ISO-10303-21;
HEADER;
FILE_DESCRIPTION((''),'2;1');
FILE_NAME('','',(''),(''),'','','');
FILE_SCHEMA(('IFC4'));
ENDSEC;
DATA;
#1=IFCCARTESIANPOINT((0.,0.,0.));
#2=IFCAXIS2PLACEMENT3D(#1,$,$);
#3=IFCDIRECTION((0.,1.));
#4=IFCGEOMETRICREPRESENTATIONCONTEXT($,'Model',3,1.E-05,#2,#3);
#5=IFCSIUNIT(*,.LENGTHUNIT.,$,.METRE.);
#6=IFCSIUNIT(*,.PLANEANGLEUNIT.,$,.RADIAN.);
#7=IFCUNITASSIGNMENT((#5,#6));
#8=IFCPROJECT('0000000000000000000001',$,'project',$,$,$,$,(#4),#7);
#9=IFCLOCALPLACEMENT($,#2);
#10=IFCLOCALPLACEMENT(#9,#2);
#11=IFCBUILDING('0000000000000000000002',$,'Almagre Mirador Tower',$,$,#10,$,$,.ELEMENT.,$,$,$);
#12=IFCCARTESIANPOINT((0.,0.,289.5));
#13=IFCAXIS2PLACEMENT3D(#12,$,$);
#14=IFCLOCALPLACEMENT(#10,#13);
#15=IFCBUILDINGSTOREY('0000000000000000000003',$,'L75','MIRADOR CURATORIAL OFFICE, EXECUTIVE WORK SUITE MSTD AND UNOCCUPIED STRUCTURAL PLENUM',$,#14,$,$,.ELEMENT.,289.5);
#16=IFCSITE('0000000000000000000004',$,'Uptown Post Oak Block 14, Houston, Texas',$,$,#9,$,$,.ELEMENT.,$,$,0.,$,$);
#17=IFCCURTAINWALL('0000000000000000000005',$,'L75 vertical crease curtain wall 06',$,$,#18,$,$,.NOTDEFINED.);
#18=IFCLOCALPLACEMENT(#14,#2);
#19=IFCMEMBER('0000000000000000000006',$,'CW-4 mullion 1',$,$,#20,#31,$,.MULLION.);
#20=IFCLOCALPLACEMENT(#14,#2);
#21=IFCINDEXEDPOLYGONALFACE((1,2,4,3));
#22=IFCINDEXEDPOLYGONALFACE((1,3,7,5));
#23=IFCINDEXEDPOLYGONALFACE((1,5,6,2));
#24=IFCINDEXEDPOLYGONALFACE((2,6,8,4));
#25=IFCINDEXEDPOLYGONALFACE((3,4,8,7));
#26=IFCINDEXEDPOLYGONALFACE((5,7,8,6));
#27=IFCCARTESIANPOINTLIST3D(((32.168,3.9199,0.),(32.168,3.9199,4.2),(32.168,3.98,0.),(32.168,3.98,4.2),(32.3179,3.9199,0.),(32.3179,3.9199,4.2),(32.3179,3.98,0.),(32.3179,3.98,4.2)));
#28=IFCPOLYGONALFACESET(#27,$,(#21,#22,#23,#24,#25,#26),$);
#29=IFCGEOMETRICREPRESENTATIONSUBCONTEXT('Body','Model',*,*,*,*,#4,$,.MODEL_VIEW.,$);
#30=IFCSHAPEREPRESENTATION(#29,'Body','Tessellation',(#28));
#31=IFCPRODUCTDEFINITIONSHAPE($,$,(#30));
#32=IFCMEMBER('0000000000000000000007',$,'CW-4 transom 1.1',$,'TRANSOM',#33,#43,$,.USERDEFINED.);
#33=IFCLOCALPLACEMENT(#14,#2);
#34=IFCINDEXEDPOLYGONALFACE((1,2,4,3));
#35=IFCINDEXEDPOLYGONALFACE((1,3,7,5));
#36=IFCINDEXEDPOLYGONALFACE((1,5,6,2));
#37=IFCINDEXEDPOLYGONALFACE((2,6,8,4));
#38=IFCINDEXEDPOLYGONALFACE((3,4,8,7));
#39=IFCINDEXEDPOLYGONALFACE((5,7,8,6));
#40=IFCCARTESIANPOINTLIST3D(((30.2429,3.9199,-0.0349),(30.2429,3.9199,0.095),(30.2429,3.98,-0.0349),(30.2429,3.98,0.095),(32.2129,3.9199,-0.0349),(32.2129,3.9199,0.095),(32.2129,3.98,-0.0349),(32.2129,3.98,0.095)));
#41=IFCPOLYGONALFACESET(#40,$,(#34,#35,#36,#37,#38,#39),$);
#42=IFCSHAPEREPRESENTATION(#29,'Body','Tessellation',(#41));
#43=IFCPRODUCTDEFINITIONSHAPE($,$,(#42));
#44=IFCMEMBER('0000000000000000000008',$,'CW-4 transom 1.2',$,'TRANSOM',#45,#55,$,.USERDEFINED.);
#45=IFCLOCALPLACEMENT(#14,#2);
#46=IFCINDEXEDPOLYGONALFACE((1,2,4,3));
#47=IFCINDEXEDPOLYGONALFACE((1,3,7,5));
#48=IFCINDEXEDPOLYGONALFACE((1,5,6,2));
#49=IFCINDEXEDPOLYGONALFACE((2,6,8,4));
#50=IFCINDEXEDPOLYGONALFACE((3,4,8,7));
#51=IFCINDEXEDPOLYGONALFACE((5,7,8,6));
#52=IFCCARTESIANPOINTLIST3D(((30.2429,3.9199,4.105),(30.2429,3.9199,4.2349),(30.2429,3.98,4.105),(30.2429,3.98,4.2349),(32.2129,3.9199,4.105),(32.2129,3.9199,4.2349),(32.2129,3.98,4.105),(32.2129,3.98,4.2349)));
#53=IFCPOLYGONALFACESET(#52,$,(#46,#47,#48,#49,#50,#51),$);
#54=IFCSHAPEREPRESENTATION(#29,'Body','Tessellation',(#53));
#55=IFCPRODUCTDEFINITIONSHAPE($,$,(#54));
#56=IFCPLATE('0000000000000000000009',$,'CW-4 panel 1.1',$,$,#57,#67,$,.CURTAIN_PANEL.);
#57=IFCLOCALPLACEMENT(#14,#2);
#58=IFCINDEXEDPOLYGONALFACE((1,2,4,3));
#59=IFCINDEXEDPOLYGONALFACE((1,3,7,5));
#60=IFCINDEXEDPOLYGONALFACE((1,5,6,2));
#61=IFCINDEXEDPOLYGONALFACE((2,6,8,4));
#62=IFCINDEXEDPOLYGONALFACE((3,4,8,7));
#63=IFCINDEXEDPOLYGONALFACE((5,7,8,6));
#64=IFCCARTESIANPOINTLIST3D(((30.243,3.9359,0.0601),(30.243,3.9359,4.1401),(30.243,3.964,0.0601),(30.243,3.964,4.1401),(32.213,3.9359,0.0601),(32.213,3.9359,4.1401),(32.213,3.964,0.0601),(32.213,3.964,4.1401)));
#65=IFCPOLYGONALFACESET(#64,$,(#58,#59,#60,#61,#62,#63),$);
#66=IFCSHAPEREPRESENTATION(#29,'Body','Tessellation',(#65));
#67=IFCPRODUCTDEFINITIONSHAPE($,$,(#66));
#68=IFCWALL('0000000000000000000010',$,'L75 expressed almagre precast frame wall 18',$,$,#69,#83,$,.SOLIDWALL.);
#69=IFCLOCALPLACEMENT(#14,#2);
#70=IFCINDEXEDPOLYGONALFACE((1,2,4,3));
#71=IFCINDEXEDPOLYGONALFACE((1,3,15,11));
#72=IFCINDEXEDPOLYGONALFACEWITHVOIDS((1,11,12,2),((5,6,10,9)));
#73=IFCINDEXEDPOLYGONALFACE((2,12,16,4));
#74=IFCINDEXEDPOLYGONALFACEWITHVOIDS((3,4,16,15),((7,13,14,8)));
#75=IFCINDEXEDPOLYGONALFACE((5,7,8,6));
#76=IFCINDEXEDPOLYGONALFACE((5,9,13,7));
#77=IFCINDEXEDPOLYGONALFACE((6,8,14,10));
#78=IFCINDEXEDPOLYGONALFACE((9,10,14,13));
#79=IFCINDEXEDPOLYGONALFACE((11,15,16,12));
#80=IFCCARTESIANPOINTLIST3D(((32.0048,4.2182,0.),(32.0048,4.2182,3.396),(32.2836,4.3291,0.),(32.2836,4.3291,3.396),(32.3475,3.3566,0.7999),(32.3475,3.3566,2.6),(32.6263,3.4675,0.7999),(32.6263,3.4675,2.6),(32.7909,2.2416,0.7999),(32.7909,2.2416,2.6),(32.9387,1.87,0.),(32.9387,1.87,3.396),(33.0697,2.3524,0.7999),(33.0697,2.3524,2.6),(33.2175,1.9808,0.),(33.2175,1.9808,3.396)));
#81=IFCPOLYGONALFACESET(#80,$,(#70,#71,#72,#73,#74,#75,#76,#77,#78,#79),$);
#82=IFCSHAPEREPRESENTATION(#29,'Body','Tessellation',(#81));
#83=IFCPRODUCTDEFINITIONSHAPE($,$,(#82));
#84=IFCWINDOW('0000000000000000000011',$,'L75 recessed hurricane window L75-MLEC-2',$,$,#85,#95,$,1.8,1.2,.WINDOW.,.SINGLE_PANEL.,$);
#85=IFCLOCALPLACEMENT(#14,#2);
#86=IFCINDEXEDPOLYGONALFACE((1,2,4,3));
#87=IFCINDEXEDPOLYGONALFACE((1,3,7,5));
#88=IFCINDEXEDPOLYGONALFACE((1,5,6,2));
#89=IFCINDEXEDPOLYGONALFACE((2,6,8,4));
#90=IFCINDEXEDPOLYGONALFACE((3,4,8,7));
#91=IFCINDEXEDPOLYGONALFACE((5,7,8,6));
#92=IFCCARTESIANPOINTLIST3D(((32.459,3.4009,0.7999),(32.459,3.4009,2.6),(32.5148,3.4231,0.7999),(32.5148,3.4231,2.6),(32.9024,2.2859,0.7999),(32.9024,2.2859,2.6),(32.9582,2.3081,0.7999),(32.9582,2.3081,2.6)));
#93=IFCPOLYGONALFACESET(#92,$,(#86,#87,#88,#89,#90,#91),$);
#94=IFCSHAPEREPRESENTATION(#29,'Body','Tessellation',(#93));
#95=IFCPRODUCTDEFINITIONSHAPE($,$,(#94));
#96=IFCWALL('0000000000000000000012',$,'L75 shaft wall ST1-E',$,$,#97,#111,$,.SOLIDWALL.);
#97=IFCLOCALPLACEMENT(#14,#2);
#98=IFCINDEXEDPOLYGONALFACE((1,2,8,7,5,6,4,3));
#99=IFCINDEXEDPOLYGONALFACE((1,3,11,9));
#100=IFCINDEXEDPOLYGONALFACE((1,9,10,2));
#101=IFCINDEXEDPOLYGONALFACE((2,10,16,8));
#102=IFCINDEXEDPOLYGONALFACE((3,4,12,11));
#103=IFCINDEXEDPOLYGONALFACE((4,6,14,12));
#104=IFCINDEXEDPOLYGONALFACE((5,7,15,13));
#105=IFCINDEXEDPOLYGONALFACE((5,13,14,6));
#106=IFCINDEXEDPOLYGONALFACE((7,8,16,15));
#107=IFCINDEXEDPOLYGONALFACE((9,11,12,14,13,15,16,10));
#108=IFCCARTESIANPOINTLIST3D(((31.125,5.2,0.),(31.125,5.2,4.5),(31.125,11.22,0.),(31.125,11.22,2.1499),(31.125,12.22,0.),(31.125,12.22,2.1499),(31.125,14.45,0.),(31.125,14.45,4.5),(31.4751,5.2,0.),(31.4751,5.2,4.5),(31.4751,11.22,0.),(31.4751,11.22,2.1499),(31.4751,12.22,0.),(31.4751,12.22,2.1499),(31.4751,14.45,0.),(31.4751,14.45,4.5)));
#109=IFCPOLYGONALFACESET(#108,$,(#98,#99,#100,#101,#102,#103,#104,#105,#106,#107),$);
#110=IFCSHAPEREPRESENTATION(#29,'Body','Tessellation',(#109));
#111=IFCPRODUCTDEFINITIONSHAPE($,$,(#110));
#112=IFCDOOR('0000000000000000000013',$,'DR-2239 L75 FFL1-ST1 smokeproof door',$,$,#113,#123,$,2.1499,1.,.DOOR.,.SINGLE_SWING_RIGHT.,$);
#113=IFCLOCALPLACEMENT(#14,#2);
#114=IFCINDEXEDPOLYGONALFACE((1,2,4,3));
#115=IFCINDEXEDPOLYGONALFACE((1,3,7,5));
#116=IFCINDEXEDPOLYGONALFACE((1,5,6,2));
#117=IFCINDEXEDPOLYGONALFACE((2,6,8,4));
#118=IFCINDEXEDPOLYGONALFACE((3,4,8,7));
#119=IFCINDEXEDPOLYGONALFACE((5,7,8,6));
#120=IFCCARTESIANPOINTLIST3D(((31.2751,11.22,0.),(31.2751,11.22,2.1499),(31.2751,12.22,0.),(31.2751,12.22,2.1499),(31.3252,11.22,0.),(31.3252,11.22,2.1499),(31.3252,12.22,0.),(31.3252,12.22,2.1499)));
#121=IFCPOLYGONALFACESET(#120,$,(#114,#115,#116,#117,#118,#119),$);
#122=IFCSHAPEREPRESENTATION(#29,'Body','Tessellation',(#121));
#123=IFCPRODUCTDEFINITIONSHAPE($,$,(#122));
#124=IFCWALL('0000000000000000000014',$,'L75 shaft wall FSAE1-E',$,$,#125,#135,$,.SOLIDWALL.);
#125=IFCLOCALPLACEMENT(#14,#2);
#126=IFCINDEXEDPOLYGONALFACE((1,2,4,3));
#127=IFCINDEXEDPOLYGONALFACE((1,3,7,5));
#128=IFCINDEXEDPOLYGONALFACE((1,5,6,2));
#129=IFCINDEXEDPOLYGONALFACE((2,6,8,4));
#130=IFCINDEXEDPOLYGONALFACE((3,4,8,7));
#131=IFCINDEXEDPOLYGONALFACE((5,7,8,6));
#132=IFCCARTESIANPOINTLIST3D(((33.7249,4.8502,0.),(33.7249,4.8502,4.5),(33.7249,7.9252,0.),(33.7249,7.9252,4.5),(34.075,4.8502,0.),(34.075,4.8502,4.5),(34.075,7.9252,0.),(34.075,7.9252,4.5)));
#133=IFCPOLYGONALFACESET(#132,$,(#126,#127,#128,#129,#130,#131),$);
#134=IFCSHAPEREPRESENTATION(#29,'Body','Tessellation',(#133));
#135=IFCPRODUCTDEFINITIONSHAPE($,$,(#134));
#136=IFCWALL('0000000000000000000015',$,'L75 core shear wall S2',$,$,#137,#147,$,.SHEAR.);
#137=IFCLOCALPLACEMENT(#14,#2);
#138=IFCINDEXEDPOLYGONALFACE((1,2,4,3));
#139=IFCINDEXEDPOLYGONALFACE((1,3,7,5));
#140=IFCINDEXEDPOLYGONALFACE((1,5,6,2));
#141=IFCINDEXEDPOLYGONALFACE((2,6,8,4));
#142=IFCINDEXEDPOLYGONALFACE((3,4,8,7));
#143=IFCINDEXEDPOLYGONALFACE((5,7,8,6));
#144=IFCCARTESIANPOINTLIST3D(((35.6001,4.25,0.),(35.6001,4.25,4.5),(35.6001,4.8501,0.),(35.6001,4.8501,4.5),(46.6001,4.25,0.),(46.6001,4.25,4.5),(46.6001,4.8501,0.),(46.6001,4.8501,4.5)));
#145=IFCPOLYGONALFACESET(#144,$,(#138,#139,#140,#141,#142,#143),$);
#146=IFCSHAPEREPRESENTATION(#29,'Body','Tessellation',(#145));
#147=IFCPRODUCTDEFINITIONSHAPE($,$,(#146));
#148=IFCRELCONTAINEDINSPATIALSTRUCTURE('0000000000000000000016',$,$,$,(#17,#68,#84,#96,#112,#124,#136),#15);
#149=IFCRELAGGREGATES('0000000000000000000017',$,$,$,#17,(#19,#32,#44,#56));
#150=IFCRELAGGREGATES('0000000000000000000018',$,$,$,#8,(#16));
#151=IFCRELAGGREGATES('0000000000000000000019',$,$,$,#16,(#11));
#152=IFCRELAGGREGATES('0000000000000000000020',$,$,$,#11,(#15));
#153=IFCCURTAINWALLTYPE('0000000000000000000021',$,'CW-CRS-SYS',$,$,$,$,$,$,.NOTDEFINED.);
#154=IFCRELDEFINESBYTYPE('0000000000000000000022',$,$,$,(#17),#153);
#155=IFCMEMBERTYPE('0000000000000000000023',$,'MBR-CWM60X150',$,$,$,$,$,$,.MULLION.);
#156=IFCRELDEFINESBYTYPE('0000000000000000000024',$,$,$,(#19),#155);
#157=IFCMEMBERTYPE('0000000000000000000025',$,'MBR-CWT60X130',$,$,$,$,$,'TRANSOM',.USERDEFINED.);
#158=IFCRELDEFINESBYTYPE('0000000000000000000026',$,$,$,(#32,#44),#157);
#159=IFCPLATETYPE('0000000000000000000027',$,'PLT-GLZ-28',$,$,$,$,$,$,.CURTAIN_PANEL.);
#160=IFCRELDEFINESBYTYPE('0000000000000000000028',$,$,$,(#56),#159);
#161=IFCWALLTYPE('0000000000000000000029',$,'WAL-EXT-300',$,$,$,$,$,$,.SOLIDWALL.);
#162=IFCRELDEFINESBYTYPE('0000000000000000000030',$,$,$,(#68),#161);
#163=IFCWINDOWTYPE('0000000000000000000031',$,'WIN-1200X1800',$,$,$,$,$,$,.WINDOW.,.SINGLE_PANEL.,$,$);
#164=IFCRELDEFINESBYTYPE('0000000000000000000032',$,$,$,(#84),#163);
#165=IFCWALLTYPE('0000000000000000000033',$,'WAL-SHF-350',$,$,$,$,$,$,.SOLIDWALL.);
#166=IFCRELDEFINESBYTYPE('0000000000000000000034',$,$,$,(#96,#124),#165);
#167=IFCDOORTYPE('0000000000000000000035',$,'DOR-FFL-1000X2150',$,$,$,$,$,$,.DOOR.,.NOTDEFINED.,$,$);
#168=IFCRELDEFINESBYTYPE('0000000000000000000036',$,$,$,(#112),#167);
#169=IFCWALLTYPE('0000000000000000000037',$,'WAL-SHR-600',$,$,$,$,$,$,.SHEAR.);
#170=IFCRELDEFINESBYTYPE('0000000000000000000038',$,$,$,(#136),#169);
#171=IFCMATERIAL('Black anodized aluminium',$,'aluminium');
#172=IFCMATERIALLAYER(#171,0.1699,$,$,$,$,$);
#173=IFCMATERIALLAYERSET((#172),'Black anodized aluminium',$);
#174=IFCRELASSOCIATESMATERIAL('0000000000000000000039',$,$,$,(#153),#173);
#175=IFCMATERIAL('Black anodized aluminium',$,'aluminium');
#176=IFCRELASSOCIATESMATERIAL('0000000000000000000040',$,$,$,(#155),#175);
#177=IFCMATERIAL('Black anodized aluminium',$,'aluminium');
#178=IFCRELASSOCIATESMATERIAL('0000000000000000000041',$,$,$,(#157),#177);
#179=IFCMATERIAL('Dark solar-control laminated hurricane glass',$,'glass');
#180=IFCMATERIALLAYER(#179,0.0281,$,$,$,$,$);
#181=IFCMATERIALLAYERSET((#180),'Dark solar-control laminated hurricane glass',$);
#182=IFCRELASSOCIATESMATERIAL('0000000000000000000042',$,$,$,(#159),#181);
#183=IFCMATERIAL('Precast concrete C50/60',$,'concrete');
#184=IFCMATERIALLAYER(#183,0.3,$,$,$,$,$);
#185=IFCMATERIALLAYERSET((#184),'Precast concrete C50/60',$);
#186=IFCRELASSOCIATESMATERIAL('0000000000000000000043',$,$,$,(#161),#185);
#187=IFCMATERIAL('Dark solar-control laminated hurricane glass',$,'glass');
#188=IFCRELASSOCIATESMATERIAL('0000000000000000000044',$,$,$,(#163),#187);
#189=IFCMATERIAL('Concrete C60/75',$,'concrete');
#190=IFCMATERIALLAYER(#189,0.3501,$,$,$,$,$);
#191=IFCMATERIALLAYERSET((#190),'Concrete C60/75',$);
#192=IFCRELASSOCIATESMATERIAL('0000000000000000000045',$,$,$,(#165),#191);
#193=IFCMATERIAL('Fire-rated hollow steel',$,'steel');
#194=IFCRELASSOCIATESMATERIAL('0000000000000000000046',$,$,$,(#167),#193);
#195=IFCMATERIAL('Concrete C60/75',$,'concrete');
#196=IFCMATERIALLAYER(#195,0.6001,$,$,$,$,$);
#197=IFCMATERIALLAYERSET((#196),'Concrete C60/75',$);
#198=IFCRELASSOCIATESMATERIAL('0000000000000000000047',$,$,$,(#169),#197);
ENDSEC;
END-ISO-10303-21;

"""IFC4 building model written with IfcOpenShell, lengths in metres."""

from ifc_helpers import new_model, si_unit, direction, frame, frame_2d, origin, origin_2d, place, context, subcontext, project, spatial, rectangle, extrude, material, layer, layer_set, material_profile, profile_set, type_object, element, fill, aggregate, save


model = new_model("IFC4")

# Units and contexts
model_context = context("Model", 3, precision=1e-05, world=origin(), true_north=direction((0.0, 1.0)))
body_context = subcontext(model_context, "Body", "Model", "MODEL_VIEW")
ifc_project = project(units=[si_unit("LENGTHUNIT", "METRE"), si_unit("PLANEANGLEUNIT", "RADIAN")], contexts=[model_context])

# Site, building, storey
site_placement = place(None, origin())
site = spatial("IfcSite", under=ifc_project, at=site_placement, Name="Uptown Post Oak Block 14, Houston, Texas", CompositionType="ELEMENT", RefElevation=0.0)
building_placement = place(site_placement, origin())
building = spatial("IfcBuilding", under=site, at=building_placement, Name="Almagre Mirador Tower", CompositionType="ELEMENT")
storey_placement = place(building_placement, frame((0.0, 0.0, 289.5)))
storey = spatial("IfcBuildingStorey", under=building, at=storey_placement, Name="L75", Description="MIRADOR CURATORIAL OFFICE, EXECUTIVE WORK SUITE MSTD AND UNOCCUPIED STRUCTURAL PLENUM", CompositionType="ELEMENT", Elevation=289.5)

# Curtain wall, members, plate
ifc_material_1 = material(Name="Black anodized aluminium", Category="aluminium")
ifc_layer_1 = layer(ifc_material_1, 0.1699)
ifc_layer_set_1 = layer_set([ifc_layer_1], Name="Black anodized aluminium")
curtain_wall_type = type_object("IfcCurtainWallType", Name="CW-CRS-SYS", PredefinedType="NOTDEFINED", material=ifc_layer_set_1)
curtain_wall_placement = place(storey_placement, origin())
curtain_wall = element("IfcCurtainWall", 1, at=curtain_wall_placement, inside=storey, type_object=curtain_wall_type, Name="L75 vertical crease curtain wall 06", PredefinedType="NOTDEFINED")
ifc_material_2 = material(Name="Black anodized aluminium", Category="aluminium")
ifc_material_profile_1 = material_profile(ifc_material_2, rectangle(XDim=0.0601, YDim=0.1499, at=origin_2d()), Name="CWM60X150")
ifc_profile_set_1 = profile_set([ifc_material_profile_1], Name="Black anodized aluminium")
member_type_1 = type_object("IfcMemberType", Name="MBR-CWM60X150", PredefinedType="MULLION", material=ifc_profile_set_1)
member_1_placement = place(storey_placement, frame((32.2429, 3.95, 0.0), z_axis=(0.0, 0.0, 1.0), x_axis=(0.0, -1.0, 0.0)))
member_1 = element("IfcMember", 2, at=member_1_placement, type_object=member_type_1, Name="CW-4 mullion 1", PredefinedType="MULLION", context=body_context, shape_type="SweptSolid", body=[
    extrude(rectangle(XDim=0.0601, YDim=0.1499, at=origin_2d()), origin(), (0.0, 0.0, 1.0), 4.2),
])
ifc_material_3 = material(Name="Black anodized aluminium", Category="aluminium")
ifc_material_profile_2 = material_profile(ifc_material_3, rectangle(XDim=0.0601, YDim=0.1299, at=origin_2d()), Name="CWT60X130")
ifc_profile_set_2 = profile_set([ifc_material_profile_2], Name="Black anodized aluminium")
member_type_2 = type_object("IfcMemberType", Name="MBR-CWT60X130", ElementType="TRANSOM", PredefinedType="USERDEFINED", material=ifc_profile_set_2)
member_2_placement = place(storey_placement, frame((32.2129, 3.95, 0.03), z_axis=(-1.0, 0.0, 0.0), x_axis=(0.0, -1.0, 0.0)))
member_2 = element("IfcMember", 3, at=member_2_placement, type_object=member_type_2, Name="CW-4 transom 1.1", ObjectType="TRANSOM", PredefinedType="USERDEFINED", context=body_context, shape_type="SweptSolid", body=[
    extrude(rectangle(XDim=0.0601, YDim=0.1299, at=origin_2d()), origin(), (0.0, 0.0, 1.0), 1.97),
])
member_3_placement = place(storey_placement, frame((32.2129, 3.95, 4.1699), z_axis=(-1.0, 0.0, 0.0), x_axis=(0.0, -1.0, 0.0)))
member_3 = element("IfcMember", 4, at=member_3_placement, type_object=member_type_2, Name="CW-4 transom 1.2", ObjectType="TRANSOM", PredefinedType="USERDEFINED", context=body_context, shape_type="SweptSolid", body=[
    extrude(rectangle(XDim=0.0601, YDim=0.1299, at=origin_2d()), origin(), (0.0, 0.0, 1.0), 1.97),
])
ifc_material_4 = material(Name="Dark solar-control laminated hurricane glass", Category="glass")
ifc_layer_2 = layer(ifc_material_4, 0.0281)
ifc_layer_set_2 = layer_set([ifc_layer_2], Name="Dark solar-control laminated hurricane glass")
plate_type = type_object("IfcPlateType", Name="PLT-GLZ-28", PredefinedType="CURTAIN_PANEL", material=ifc_layer_set_2)
plate_placement = place(storey_placement, frame((31.228, 3.95, 0.0601), z_axis=(0.0, 0.0, 1.0), x_axis=(-1.0, 0.0, 0.0)))
plate = element("IfcPlate", 5, at=plate_placement, type_object=plate_type, Name="CW-4 panel 1.1", PredefinedType="CURTAIN_PANEL", context=body_context, shape_type="SweptSolid", body=[
    extrude(rectangle(XDim=1.97, YDim=0.0281, at=origin_2d()), origin(), (0.0, 0.0, 1.0), 4.0801),
])
aggregate(curtain_wall, [member_1, member_2, member_3, plate])

# Wall, opening, window
ifc_material_5 = material(Name="Precast concrete C50/60", Category="concrete")
ifc_layer_3 = layer(ifc_material_5, 0.3)
ifc_layer_set_3 = layer_set([ifc_layer_3], Name="Precast concrete C50/60")
wall_type_1 = type_object("IfcWallType", Name="WAL-EXT-300", PredefinedType="SOLIDWALL", material=ifc_layer_set_3)
wall_1_placement = place(storey_placement, frame((33.0781, 1.9253, 0.0), z_axis=(0.0, 0.0, 1.0), x_axis=(-0.369541, 0.929214, 0.0)))
wall_1 = element("IfcWall", 6, at=wall_1_placement, inside=storey, type_object=wall_type_1, Name="L75 expressed almagre precast frame wall 18", PredefinedType="SOLIDWALL", context=body_context, shape_type="SweptSolid", body=[
    extrude(rectangle(XDim=2.5271, YDim=0.3, at=frame_2d((1.2637, 0.0))), origin(), (0.0, 0.0, 1.0), 3.396),
])
opening_1_placement = place(wall_1_placement, frame((0.3999, 0.0, 0.8)))
opening_1 = element("IfcOpeningElement", 7, at=opening_1_placement, cuts=wall_1, PredefinedType="OPENING", context=body_context, shape_type="SweptSolid", body=[
    extrude(rectangle(XDim=1.2, YDim=1.8, at=frame_2d((0.6001, 0.8999))), frame((0.0, 0.1599, 0.0), z_axis=(0.0, -1.0, 0.0), x_axis=(1.0, 0.0, 0.0)), (0.0, 0.0, 1.0), 0.32),
])
ifc_material_6 = material(Name="Dark solar-control laminated hurricane glass", Category="glass")
window_type = type_object("IfcWindowType", Name="WIN-1200X1800", PartitioningType="SINGLE_PANEL", PredefinedType="WINDOW", material=ifc_material_6)
window_placement = place(opening_1_placement, origin())
window = element("IfcWindow", 8, at=window_placement, inside=storey, type_object=window_type, Name="L75 recessed hurricane window L75-MLEC-2", OverallHeight=1.8, OverallWidth=1.2, PartitioningType="SINGLE_PANEL", PredefinedType="WINDOW", context=body_context, shape_type="SweptSolid", body=[
    extrude(rectangle(XDim=1.2, YDim=1.8, at=frame_2d((0.6001, 0.8999))), frame((0.0, 0.03, 0.0), z_axis=(0.0, -1.0, 0.0), x_axis=(1.0, 0.0, 0.0)), (0.0, 0.0, 1.0), 0.0601),
])
fill(opening_1, window)

# Wall, opening, door
ifc_material_7 = material(Name="Concrete C60/75", Category="concrete")
ifc_layer_4 = layer(ifc_material_7, 0.3501)
ifc_layer_set_4 = layer_set([ifc_layer_4], Name="Concrete C60/75")
wall_type_2 = type_object("IfcWallType", Name="WAL-SHF-350", PredefinedType="SOLIDWALL", material=ifc_layer_set_4)
wall_2_placement = place(storey_placement, frame((31.3, 5.2, 0.0), z_axis=(0.0, 0.0, 1.0), x_axis=(0.0, 1.0, 0.0)))
wall_2 = element("IfcWall", 9, at=wall_2_placement, inside=storey, type_object=wall_type_2, Name="L75 shaft wall ST1-E", PredefinedType="SOLIDWALL", context=body_context, shape_type="SweptSolid", body=[
    extrude(rectangle(XDim=9.25, YDim=0.3501, at=frame_2d((4.625, 0.0))), origin(), (0.0, 0.0, 1.0), 4.5),
])
opening_2_placement = place(wall_2_placement, frame((6.02, 0.0, 0.0)))
opening_2 = element("IfcOpeningElement", 10, at=opening_2_placement, cuts=wall_2, PredefinedType="OPENING", context=body_context, shape_type="SweptSolid", body=[
    extrude(rectangle(XDim=1.0, YDim=2.1499, at=frame_2d((0.5, 1.075))), frame((0.0, 0.185, 0.0), z_axis=(0.0, -1.0, 0.0), x_axis=(1.0, 0.0, 0.0)), (0.0, 0.0, 1.0), 0.3701),
])
ifc_material_8 = material(Name="Fire-rated hollow steel", Category="steel")
door_type = type_object("IfcDoorType", Name="DOR-FFL-1000X2150", OperationType="NOTDEFINED", PredefinedType="DOOR", material=ifc_material_8)
door_placement = place(opening_2_placement, origin())
door = element("IfcDoor", 11, at=door_placement, inside=storey, type_object=door_type, Name="DR-2239 L75 FFL1-ST1 smokeproof door", OperationType="SINGLE_SWING_RIGHT", OverallHeight=2.1499, OverallWidth=1.0, PredefinedType="DOOR", context=body_context, shape_type="SweptSolid", body=[
    extrude(rectangle(XDim=1.0, YDim=2.1499, at=frame_2d((0.5, 1.075))), frame((0.0, 0.0249, 0.0), z_axis=(0.0, -1.0, 0.0), x_axis=(1.0, 0.0, 0.0)), (0.0, 0.0, 1.0), 0.05),
])
fill(opening_2, door)

# Walls
wall_3_placement = place(storey_placement, frame((33.8999, 4.8501, 0.0), z_axis=(0.0, 0.0, 1.0), x_axis=(0.0, 1.0, 0.0)))
element("IfcWall", 12, at=wall_3_placement, inside=storey, type_object=wall_type_2, Name="L75 shaft wall FSAE1-E", PredefinedType="SOLIDWALL", context=body_context, shape_type="SweptSolid", body=[
    extrude(rectangle(XDim=3.075, YDim=0.3501, at=frame_2d((1.5376, 0.0))), origin(), (0.0, 0.0, 1.0), 4.5),
])
ifc_material_9 = material(Name="Concrete C60/75", Category="concrete")
ifc_layer_5 = layer(ifc_material_9, 0.6001)
ifc_layer_set_5 = layer_set([ifc_layer_5], Name="Concrete C60/75")
wall_type_3 = type_object("IfcWallType", Name="WAL-SHR-600", PredefinedType="SHEAR", material=ifc_layer_set_5)
wall_4_placement = place(storey_placement, frame((35.6001, 4.55, 0.0), z_axis=(0.0, 0.0, 1.0), x_axis=(1.0, 0.0, 0.0)))
element("IfcWall", 13, at=wall_4_placement, inside=storey, type_object=wall_type_3, Name="L75 core shear wall S2", PredefinedType="SHEAR", context=body_context, shape_type="SweptSolid", body=[
    extrude(rectangle(XDim=11.0, YDim=0.6001, at=frame_2d((5.5, 0.0))), origin(), (0.0, 0.0, 1.0), 4.5),
])

save(model, "model.ifc")
